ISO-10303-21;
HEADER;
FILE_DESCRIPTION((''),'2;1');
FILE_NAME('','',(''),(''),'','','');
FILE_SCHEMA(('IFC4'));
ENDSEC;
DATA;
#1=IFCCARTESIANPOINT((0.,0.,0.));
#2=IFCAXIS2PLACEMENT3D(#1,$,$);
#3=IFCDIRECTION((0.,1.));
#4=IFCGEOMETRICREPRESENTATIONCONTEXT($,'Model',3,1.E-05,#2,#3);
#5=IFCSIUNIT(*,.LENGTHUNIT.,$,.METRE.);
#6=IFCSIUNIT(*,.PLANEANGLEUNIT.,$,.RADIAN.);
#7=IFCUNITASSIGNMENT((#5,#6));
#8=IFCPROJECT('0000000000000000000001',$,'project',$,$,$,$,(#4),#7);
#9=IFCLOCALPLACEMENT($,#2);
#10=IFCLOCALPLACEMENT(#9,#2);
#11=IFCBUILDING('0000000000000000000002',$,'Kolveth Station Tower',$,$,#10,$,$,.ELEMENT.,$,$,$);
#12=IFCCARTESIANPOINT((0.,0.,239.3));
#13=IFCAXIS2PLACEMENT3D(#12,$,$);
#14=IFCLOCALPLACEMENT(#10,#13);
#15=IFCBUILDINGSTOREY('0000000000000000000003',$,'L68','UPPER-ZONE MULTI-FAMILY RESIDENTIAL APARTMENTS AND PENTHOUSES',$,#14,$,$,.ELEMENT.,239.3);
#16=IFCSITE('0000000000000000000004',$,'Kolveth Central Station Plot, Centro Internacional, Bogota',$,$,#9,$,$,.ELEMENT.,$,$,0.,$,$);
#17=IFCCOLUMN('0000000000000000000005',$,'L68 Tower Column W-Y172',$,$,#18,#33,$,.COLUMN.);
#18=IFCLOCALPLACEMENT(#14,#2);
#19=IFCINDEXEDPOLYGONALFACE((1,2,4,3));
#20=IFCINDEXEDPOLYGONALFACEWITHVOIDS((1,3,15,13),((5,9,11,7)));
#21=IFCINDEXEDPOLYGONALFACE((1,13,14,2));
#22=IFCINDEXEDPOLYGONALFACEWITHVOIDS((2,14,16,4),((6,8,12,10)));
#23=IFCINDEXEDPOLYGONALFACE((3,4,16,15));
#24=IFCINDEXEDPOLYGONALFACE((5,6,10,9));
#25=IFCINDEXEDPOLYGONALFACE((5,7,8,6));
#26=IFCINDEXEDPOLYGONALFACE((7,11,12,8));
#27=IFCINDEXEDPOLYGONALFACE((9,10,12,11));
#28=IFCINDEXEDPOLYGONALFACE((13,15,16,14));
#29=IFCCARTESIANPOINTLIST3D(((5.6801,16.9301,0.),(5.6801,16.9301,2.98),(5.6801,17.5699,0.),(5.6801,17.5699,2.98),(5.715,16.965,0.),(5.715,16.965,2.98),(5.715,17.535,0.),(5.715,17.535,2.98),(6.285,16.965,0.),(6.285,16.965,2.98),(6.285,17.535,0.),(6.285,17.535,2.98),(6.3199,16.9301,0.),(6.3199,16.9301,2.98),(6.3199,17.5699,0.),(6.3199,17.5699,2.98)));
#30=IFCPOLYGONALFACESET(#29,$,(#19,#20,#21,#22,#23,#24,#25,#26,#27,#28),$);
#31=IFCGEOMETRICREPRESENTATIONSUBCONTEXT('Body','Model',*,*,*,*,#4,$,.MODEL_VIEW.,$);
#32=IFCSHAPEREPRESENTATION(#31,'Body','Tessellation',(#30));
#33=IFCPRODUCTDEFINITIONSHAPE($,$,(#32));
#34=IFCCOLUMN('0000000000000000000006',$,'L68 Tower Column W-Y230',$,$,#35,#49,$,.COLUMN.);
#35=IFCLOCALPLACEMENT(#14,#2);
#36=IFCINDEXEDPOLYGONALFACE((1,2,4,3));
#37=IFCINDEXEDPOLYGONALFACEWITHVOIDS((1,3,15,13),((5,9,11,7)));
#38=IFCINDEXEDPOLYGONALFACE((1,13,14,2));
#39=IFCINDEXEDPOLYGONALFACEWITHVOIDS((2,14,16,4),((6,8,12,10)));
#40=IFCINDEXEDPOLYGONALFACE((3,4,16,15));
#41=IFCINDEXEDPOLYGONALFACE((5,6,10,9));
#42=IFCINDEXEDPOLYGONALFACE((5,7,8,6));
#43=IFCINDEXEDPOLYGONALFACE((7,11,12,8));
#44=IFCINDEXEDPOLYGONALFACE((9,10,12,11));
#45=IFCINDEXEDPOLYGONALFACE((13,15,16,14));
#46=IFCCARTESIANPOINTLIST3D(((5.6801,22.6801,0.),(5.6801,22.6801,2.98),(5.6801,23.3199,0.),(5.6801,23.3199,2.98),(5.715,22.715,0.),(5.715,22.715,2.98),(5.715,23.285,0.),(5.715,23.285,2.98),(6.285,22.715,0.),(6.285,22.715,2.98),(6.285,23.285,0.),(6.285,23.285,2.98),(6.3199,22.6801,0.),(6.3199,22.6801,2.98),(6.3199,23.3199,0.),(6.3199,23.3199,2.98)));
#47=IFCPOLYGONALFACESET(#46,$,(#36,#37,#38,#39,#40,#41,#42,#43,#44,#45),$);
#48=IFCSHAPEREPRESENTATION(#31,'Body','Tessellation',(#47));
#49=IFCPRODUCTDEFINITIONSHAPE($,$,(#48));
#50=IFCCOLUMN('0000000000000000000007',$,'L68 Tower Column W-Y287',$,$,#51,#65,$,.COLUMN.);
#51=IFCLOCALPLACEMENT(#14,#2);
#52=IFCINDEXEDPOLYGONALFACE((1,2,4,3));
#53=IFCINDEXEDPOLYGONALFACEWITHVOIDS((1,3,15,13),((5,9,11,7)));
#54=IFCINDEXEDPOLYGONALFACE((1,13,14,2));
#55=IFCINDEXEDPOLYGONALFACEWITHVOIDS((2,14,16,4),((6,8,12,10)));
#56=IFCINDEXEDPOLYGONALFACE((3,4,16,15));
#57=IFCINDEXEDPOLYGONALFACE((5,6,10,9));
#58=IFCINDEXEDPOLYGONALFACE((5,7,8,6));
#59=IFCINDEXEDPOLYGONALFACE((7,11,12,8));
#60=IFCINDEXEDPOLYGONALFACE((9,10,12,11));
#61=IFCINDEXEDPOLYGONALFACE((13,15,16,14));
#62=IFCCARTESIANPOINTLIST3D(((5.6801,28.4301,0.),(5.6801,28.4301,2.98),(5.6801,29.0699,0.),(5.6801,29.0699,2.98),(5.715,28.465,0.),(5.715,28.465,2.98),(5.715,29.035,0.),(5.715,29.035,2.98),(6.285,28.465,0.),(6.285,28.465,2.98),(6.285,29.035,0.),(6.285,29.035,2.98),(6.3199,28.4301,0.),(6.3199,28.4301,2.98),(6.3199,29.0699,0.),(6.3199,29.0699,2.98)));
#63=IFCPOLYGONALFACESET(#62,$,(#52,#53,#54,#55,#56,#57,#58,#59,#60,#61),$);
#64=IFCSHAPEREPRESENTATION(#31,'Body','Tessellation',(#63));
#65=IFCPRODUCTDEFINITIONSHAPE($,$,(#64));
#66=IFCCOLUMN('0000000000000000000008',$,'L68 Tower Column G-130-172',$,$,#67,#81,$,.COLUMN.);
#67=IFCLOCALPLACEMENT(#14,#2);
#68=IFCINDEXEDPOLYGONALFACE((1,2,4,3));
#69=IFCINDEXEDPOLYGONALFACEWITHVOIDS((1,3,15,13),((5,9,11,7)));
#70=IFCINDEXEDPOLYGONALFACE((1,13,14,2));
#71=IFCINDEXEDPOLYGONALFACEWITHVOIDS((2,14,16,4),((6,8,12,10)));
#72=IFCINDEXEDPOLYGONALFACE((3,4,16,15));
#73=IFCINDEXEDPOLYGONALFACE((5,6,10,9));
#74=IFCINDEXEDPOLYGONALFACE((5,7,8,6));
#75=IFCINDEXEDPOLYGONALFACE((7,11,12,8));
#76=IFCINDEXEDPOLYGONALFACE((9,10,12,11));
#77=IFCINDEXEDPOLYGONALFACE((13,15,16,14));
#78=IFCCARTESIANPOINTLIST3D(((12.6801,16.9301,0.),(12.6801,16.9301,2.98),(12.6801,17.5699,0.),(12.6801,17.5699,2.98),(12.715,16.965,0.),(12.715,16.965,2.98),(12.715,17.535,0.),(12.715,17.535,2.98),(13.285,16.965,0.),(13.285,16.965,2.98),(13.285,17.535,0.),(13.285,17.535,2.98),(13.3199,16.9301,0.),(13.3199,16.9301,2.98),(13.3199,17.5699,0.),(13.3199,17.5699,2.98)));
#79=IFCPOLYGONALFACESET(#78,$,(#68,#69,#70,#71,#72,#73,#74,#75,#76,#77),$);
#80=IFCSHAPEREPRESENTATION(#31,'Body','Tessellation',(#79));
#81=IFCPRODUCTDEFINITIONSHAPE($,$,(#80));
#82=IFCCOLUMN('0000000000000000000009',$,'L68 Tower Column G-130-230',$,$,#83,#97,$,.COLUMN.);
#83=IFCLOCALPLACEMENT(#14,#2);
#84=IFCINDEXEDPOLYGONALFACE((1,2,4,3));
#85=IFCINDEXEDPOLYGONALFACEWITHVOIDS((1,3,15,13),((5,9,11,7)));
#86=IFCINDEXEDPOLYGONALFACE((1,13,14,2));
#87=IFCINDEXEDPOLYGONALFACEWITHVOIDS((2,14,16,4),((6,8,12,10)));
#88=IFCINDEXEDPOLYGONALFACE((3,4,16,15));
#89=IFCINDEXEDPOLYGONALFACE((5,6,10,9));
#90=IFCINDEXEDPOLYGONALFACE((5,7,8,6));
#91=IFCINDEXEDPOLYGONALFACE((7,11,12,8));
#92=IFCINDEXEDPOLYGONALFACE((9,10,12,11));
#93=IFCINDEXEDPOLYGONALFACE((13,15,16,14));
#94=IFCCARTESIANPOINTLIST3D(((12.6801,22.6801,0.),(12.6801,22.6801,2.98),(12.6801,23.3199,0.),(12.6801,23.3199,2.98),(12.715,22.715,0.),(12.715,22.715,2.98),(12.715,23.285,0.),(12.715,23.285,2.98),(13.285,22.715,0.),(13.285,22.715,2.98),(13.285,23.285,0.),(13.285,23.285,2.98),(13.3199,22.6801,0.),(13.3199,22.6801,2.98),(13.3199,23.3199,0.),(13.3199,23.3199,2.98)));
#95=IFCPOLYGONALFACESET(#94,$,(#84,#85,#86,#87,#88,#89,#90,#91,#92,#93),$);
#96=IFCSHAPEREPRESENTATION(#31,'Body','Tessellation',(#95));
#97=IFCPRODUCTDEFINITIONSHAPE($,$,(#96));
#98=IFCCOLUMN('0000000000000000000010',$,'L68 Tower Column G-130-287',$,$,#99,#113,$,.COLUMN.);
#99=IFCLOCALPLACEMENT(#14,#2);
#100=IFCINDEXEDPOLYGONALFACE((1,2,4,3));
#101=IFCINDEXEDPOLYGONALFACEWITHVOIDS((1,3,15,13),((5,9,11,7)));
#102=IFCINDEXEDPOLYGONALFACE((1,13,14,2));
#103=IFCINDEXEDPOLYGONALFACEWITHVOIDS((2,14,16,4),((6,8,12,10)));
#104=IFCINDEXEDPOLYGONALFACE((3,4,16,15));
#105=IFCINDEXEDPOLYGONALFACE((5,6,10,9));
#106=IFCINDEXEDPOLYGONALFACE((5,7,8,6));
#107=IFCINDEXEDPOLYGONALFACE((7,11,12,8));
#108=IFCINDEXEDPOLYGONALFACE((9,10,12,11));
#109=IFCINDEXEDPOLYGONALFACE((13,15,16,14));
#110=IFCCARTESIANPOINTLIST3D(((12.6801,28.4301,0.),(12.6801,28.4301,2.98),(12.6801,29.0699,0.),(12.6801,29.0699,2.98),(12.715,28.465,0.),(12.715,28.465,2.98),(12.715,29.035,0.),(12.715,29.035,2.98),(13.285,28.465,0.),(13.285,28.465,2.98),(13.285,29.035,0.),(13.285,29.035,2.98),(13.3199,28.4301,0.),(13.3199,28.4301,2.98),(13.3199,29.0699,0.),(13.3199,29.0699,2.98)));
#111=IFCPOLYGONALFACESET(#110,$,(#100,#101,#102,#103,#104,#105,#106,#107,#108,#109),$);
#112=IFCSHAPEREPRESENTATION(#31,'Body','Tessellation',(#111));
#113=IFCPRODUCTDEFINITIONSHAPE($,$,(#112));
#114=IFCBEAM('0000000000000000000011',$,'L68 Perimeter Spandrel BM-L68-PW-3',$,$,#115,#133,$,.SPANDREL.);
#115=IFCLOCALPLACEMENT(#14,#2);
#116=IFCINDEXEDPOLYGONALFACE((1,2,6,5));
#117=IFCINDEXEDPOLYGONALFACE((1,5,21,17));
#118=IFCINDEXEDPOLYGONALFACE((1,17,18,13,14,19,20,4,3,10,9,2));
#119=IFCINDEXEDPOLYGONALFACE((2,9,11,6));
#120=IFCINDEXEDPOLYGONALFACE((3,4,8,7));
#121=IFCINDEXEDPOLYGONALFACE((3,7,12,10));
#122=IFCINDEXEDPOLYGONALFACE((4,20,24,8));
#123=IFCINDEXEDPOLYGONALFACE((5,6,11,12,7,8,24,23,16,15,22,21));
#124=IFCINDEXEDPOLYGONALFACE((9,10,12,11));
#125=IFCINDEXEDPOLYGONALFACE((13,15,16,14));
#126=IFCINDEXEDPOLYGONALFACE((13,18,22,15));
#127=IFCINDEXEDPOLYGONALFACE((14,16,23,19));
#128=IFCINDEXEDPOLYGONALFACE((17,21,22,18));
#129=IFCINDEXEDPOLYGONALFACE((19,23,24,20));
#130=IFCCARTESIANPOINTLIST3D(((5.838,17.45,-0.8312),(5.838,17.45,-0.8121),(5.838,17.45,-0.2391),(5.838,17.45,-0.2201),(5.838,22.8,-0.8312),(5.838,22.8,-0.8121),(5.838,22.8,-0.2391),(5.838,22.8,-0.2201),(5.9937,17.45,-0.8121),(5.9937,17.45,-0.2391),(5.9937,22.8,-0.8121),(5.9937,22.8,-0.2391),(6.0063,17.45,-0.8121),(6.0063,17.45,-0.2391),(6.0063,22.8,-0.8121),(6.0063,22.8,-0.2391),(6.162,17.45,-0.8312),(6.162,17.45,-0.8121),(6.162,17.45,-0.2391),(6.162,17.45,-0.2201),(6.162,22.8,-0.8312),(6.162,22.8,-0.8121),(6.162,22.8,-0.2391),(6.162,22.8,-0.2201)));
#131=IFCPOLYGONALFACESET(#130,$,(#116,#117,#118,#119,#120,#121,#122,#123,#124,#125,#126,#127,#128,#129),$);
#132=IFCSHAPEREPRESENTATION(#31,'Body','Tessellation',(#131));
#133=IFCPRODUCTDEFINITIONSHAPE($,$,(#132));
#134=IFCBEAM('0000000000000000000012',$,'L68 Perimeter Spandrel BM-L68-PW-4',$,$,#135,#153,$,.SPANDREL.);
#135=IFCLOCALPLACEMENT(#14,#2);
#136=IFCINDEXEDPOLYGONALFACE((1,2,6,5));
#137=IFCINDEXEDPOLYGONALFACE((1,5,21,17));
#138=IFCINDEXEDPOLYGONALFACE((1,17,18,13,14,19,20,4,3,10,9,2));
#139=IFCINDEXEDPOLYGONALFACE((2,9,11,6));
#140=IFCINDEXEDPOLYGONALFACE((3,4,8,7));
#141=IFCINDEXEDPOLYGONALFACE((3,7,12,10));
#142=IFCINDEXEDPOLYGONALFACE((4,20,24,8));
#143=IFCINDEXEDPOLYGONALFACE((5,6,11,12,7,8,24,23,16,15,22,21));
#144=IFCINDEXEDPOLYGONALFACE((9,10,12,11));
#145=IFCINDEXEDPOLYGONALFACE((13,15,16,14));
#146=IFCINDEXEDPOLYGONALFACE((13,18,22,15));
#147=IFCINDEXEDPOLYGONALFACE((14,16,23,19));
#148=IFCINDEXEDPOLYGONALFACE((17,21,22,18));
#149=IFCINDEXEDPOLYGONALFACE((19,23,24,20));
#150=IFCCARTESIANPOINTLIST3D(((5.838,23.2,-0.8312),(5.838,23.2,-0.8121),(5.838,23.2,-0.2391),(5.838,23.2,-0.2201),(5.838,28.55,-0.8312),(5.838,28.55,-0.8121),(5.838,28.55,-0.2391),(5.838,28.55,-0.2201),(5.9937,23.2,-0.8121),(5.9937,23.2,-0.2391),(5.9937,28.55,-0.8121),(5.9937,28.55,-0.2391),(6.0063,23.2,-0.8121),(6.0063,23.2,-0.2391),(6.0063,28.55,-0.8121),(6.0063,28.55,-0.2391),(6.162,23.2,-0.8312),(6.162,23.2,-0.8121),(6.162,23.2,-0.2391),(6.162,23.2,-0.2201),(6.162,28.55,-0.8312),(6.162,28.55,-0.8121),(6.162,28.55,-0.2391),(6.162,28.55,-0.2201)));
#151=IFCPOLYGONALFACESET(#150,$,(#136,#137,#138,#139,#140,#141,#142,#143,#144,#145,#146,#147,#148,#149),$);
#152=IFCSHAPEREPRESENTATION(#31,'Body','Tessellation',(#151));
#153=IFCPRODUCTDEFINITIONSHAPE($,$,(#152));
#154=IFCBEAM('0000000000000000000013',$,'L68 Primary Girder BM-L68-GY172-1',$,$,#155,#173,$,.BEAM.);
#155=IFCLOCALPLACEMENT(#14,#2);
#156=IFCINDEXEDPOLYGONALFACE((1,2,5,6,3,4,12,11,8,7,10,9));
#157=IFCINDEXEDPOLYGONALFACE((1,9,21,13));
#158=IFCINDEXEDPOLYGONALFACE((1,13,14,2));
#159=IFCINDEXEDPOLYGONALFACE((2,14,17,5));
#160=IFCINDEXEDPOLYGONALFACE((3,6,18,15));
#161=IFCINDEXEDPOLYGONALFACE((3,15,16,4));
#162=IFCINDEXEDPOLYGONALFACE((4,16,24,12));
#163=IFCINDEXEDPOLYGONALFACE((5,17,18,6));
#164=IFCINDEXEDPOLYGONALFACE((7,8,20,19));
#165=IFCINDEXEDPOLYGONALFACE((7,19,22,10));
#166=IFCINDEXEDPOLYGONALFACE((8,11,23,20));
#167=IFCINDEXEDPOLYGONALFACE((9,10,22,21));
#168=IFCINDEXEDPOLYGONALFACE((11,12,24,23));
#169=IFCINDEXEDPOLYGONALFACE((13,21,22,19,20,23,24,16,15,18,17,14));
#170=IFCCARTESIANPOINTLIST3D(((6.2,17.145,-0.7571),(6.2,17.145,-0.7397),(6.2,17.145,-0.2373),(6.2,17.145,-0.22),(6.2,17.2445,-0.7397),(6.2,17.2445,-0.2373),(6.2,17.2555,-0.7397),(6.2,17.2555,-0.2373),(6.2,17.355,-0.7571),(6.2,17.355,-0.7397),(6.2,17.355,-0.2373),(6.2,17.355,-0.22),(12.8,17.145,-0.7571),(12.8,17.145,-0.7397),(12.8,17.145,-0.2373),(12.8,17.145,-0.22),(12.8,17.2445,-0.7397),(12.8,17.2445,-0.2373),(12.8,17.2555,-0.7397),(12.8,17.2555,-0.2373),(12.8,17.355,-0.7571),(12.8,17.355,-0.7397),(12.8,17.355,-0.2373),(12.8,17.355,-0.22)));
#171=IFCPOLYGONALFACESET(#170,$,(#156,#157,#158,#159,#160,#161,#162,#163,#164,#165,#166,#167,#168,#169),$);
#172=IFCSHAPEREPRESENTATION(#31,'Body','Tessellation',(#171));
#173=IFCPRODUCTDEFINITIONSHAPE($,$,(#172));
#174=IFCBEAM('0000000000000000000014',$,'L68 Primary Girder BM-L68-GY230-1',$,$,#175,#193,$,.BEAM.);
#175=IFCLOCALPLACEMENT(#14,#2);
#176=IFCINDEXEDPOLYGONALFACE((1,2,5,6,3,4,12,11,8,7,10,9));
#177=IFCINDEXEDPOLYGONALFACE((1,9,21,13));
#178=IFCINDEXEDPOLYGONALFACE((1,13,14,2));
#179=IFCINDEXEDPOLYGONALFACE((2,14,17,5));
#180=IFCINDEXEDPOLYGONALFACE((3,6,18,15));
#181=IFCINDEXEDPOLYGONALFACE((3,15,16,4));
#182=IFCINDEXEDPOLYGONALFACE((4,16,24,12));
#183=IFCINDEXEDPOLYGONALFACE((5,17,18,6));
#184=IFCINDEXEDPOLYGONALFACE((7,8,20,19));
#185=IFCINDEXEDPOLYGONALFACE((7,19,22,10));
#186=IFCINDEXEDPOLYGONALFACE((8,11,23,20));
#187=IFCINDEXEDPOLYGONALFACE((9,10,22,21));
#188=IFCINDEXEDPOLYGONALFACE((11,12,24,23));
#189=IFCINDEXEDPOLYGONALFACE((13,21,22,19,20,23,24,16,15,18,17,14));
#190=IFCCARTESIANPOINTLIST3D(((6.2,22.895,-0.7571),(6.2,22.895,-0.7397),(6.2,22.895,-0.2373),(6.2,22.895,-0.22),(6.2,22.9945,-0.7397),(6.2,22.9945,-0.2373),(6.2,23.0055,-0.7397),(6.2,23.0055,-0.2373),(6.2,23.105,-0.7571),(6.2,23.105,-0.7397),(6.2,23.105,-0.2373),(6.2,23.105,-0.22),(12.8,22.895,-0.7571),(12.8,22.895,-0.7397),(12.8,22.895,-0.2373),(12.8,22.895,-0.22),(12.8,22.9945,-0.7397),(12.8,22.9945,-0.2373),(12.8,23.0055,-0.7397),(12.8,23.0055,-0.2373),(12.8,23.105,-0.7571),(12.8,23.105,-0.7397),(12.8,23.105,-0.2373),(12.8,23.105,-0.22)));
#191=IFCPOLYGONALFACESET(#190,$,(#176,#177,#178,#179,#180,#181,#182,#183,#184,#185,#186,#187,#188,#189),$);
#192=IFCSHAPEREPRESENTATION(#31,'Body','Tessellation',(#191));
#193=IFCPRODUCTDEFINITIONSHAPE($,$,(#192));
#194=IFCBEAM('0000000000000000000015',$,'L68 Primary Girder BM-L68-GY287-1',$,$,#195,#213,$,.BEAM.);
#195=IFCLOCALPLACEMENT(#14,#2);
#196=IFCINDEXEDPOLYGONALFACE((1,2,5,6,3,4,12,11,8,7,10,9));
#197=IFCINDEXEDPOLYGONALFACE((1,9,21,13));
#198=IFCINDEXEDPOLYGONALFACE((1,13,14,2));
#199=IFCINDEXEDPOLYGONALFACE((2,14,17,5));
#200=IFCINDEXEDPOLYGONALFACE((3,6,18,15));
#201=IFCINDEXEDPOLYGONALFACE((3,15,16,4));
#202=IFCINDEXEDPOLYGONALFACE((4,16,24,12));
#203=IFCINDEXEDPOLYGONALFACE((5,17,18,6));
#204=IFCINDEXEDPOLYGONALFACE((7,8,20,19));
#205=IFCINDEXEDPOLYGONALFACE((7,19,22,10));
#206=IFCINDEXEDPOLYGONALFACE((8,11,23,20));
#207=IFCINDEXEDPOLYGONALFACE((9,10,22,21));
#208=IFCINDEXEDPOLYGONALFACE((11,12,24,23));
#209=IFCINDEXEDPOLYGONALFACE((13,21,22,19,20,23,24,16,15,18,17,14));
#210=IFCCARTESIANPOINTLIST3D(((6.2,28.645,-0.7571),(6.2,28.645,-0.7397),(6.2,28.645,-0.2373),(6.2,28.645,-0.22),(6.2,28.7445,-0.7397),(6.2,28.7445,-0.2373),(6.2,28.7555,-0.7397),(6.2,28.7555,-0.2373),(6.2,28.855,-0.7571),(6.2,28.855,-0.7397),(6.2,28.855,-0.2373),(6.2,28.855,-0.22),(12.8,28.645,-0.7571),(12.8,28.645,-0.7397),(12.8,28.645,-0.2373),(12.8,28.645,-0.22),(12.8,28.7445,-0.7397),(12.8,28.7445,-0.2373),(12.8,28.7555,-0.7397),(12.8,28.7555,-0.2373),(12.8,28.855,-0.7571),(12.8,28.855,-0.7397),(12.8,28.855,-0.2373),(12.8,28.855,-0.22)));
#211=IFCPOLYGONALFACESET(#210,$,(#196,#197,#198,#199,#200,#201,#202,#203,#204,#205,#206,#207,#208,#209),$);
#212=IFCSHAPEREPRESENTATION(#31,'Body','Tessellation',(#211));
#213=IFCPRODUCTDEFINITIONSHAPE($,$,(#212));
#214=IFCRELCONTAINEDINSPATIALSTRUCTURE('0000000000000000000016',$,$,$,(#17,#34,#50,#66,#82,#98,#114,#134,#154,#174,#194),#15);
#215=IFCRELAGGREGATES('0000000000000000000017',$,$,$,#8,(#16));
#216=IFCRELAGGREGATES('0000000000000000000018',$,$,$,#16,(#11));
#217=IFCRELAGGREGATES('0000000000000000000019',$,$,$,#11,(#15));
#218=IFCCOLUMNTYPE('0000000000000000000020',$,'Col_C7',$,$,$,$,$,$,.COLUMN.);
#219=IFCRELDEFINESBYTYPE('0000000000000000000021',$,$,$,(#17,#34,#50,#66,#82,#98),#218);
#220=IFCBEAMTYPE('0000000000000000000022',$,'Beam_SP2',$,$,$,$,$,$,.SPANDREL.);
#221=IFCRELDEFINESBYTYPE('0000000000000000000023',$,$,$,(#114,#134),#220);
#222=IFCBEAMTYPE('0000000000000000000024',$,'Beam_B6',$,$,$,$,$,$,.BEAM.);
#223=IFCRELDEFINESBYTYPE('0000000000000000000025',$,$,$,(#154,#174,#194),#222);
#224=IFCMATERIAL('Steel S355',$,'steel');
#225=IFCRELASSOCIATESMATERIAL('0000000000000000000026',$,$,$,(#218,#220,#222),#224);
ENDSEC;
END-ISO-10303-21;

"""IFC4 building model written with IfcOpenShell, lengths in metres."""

from ifc_helpers import new_model, si_unit, direction, frame, origin, origin_2d, place, context, subcontext, project, spatial, hollow_rectangle, i_section, extrude, source, transform, mapped, material, material_profile, profile_set, type_object, element, save


model = new_model("IFC4")

# Units and contexts
model_context = context("Model", 3, precision=1e-05, world=origin(), true_north=direction((0.0, 1.0)))
body_context = subcontext(model_context, "Body", "Model", "MODEL_VIEW")
ifc_project = project(units=[si_unit("LENGTHUNIT", "METRE"), si_unit("PLANEANGLEUNIT", "RADIAN")], contexts=[model_context])

# Site, building, storey
site_placement = place(None, origin())
site = spatial("IfcSite", under=ifc_project, at=site_placement, Name="Kolveth Central Station Plot, Centro Internacional, Bogota", CompositionType="ELEMENT", RefElevation=0.0)
building_placement = place(site_placement, origin())
building = spatial("IfcBuilding", under=site, at=building_placement, Name="Kolveth Station Tower", CompositionType="ELEMENT")
storey_placement = place(building_placement, frame((0.0, 0.0, 239.3)))
storey = spatial("IfcBuildingStorey", under=building, at=storey_placement, Name="L68", Description="UPPER-ZONE MULTI-FAMILY RESIDENTIAL APARTMENTS AND PENTHOUSES", CompositionType="ELEMENT", Elevation=239.3)

# Columns
ifc_material_1 = material(Name="Steel S355", Category="steel")
ifc_material_profile_1 = material_profile(ifc_material_1, hollow_rectangle(XDim=0.6399, YDim=0.6399, WallThickness=0.0349, at=origin_2d()), Name="BOX640x640x35")
ifc_profile_set_1 = profile_set([ifc_material_profile_1], Name="Steel S355")
column_type = type_object("IfcColumnType", Name="Col_C7", PredefinedType="COLUMN", material=ifc_profile_set_1)
shared_shape_1 = source(origin(), body_context, "Body", "SweptSolid", [
    extrude(hollow_rectangle(XDim=0.6399, YDim=0.6399, WallThickness=0.0349, at=origin_2d()), origin(), (0.0, 0.0, 1.0), 2.98),
])
for number, where, z_axis, x_axis, name in (
    (1, (6.0, 17.25, 0.0), (0.0, 0.0, 1.0), (1.0, 0.0, 0.0), "L68 Tower Column W-Y172"),
    (2, (6.0, 23.0, 0.0), (0.0, 0.0, 1.0), (1.0, 0.0, 0.0), "L68 Tower Column W-Y230"),
    (3, (6.0, 28.75, 0.0), (0.0, 0.0, 1.0), (1.0, 0.0, 0.0), "L68 Tower Column W-Y287"),
    (4, (13.0, 17.25, 0.0), (0.0, 0.0, 1.0), (1.0, 0.0, 0.0), "L68 Tower Column G-130-172"),
    (5, (13.0, 23.0, 0.0), (0.0, 0.0, 1.0), (1.0, 0.0, 0.0), "L68 Tower Column G-130-230"),
    (6, (13.0, 28.75, 0.0), (0.0, 0.0, 1.0), (1.0, 0.0, 0.0), "L68 Tower Column G-130-287"),
):
    element("IfcColumn", number, at=place(storey_placement, frame(where, z_axis=z_axis, x_axis=x_axis)), inside=storey, type_object=column_type, Name=name, PredefinedType="COLUMN", context=body_context, shape_type="MappedRepresentation", body=[
        mapped(shared_shape_1, transform((0.0, 0.0, 0.0), x_axis=(1.0, 0.0, 0.0), y_axis=(0.0, 1.0, 0.0), z_axis=(0.0, 0.0, 1.0), scale=1.0)),
    ])

# Beams
ifc_material_profile_2 = material_profile(ifc_material_1, i_section(OverallWidth=0.324, OverallDepth=0.6111, WebThickness=0.0127, FlangeThickness=0.019, at=origin_2d()), Name="W610x155")
ifc_profile_set_2 = profile_set([ifc_material_profile_2], Name="Steel S355")
beam_type_1 = type_object("IfcBeamType", Name="Beam_SP2", PredefinedType="SPANDREL", material=ifc_profile_set_2)
shared_shape_2 = source(origin(), body_context, "Body", "SweptSolid", [
    extrude(i_section(OverallWidth=0.324, OverallDepth=0.6111, WebThickness=0.0127, FlangeThickness=0.019, at=origin_2d()), origin(), (0.0, 0.0, 1.0), 5.3501),
])
for number, where, z_axis, x_axis, name in (
    (7, (6.0, 17.45, -0.5256), (0.0, 1.0, 0.0), (-1.0, 0.0, 0.0), "L68 Perimeter Spandrel BM-L68-PW-3"),
    (8, (6.0, 23.2, -0.5256), (0.0, 1.0, 0.0), (-1.0, 0.0, 0.0), "L68 Perimeter Spandrel BM-L68-PW-4"),
):
    element("IfcBeam", number, at=place(storey_placement, frame(where, z_axis=z_axis, x_axis=x_axis)), inside=storey, type_object=beam_type_1, Name=name, PredefinedType="SPANDREL", context=body_context, shape_type="MappedRepresentation", body=[
        mapped(shared_shape_2, transform((0.0, 0.0, 0.0), x_axis=(1.0, 0.0, 0.0), y_axis=(0.0, 1.0, 0.0), z_axis=(0.0, 0.0, 1.0), scale=1.0)),
    ])
ifc_material_profile_3 = material_profile(ifc_material_1, i_section(OverallWidth=0.21, OverallDepth=0.5371, WebThickness=0.011, FlangeThickness=0.0173, at=origin_2d()), Name="W530x101")
ifc_profile_set_3 = profile_set([ifc_material_profile_3], Name="Steel S355")
beam_type_2 = type_object("IfcBeamType", Name="Beam_B6", PredefinedType="BEAM", material=ifc_profile_set_3)
shared_shape_3 = source(origin(), body_context, "Body", "SweptSolid", [
    extrude(i_section(OverallWidth=0.21, OverallDepth=0.5371, WebThickness=0.011, FlangeThickness=0.0173, at=origin_2d()), origin(), (0.0, 0.0, 1.0), 6.6001),
])
for number, where, z_axis, x_axis, name in (
    (9, (6.2, 17.25, -0.4885), (1.0, 0.0, 0.0), (0.0, 1.0, 0.0), "L68 Primary Girder BM-L68-GY172-1"),
    (10, (6.2, 23.0, -0.4885), (1.0, 0.0, 0.0), (0.0, 1.0, 0.0), "L68 Primary Girder BM-L68-GY230-1"),
    (11, (6.2, 28.75, -0.4885), (1.0, 0.0, 0.0), (0.0, 1.0, 0.0), "L68 Primary Girder BM-L68-GY287-1"),
):
    element("IfcBeam", number, at=place(storey_placement, frame(where, z_axis=z_axis, x_axis=x_axis)), inside=storey, type_object=beam_type_2, Name=name, PredefinedType="BEAM", context=body_context, shape_type="MappedRepresentation", body=[
        mapped(shared_shape_3, transform((0.0, 0.0, 0.0), x_axis=(1.0, 0.0, 0.0), y_axis=(0.0, 1.0, 0.0), z_axis=(0.0, 0.0, 1.0), scale=1.0)),
    ])

save(model, "model.ifc")
